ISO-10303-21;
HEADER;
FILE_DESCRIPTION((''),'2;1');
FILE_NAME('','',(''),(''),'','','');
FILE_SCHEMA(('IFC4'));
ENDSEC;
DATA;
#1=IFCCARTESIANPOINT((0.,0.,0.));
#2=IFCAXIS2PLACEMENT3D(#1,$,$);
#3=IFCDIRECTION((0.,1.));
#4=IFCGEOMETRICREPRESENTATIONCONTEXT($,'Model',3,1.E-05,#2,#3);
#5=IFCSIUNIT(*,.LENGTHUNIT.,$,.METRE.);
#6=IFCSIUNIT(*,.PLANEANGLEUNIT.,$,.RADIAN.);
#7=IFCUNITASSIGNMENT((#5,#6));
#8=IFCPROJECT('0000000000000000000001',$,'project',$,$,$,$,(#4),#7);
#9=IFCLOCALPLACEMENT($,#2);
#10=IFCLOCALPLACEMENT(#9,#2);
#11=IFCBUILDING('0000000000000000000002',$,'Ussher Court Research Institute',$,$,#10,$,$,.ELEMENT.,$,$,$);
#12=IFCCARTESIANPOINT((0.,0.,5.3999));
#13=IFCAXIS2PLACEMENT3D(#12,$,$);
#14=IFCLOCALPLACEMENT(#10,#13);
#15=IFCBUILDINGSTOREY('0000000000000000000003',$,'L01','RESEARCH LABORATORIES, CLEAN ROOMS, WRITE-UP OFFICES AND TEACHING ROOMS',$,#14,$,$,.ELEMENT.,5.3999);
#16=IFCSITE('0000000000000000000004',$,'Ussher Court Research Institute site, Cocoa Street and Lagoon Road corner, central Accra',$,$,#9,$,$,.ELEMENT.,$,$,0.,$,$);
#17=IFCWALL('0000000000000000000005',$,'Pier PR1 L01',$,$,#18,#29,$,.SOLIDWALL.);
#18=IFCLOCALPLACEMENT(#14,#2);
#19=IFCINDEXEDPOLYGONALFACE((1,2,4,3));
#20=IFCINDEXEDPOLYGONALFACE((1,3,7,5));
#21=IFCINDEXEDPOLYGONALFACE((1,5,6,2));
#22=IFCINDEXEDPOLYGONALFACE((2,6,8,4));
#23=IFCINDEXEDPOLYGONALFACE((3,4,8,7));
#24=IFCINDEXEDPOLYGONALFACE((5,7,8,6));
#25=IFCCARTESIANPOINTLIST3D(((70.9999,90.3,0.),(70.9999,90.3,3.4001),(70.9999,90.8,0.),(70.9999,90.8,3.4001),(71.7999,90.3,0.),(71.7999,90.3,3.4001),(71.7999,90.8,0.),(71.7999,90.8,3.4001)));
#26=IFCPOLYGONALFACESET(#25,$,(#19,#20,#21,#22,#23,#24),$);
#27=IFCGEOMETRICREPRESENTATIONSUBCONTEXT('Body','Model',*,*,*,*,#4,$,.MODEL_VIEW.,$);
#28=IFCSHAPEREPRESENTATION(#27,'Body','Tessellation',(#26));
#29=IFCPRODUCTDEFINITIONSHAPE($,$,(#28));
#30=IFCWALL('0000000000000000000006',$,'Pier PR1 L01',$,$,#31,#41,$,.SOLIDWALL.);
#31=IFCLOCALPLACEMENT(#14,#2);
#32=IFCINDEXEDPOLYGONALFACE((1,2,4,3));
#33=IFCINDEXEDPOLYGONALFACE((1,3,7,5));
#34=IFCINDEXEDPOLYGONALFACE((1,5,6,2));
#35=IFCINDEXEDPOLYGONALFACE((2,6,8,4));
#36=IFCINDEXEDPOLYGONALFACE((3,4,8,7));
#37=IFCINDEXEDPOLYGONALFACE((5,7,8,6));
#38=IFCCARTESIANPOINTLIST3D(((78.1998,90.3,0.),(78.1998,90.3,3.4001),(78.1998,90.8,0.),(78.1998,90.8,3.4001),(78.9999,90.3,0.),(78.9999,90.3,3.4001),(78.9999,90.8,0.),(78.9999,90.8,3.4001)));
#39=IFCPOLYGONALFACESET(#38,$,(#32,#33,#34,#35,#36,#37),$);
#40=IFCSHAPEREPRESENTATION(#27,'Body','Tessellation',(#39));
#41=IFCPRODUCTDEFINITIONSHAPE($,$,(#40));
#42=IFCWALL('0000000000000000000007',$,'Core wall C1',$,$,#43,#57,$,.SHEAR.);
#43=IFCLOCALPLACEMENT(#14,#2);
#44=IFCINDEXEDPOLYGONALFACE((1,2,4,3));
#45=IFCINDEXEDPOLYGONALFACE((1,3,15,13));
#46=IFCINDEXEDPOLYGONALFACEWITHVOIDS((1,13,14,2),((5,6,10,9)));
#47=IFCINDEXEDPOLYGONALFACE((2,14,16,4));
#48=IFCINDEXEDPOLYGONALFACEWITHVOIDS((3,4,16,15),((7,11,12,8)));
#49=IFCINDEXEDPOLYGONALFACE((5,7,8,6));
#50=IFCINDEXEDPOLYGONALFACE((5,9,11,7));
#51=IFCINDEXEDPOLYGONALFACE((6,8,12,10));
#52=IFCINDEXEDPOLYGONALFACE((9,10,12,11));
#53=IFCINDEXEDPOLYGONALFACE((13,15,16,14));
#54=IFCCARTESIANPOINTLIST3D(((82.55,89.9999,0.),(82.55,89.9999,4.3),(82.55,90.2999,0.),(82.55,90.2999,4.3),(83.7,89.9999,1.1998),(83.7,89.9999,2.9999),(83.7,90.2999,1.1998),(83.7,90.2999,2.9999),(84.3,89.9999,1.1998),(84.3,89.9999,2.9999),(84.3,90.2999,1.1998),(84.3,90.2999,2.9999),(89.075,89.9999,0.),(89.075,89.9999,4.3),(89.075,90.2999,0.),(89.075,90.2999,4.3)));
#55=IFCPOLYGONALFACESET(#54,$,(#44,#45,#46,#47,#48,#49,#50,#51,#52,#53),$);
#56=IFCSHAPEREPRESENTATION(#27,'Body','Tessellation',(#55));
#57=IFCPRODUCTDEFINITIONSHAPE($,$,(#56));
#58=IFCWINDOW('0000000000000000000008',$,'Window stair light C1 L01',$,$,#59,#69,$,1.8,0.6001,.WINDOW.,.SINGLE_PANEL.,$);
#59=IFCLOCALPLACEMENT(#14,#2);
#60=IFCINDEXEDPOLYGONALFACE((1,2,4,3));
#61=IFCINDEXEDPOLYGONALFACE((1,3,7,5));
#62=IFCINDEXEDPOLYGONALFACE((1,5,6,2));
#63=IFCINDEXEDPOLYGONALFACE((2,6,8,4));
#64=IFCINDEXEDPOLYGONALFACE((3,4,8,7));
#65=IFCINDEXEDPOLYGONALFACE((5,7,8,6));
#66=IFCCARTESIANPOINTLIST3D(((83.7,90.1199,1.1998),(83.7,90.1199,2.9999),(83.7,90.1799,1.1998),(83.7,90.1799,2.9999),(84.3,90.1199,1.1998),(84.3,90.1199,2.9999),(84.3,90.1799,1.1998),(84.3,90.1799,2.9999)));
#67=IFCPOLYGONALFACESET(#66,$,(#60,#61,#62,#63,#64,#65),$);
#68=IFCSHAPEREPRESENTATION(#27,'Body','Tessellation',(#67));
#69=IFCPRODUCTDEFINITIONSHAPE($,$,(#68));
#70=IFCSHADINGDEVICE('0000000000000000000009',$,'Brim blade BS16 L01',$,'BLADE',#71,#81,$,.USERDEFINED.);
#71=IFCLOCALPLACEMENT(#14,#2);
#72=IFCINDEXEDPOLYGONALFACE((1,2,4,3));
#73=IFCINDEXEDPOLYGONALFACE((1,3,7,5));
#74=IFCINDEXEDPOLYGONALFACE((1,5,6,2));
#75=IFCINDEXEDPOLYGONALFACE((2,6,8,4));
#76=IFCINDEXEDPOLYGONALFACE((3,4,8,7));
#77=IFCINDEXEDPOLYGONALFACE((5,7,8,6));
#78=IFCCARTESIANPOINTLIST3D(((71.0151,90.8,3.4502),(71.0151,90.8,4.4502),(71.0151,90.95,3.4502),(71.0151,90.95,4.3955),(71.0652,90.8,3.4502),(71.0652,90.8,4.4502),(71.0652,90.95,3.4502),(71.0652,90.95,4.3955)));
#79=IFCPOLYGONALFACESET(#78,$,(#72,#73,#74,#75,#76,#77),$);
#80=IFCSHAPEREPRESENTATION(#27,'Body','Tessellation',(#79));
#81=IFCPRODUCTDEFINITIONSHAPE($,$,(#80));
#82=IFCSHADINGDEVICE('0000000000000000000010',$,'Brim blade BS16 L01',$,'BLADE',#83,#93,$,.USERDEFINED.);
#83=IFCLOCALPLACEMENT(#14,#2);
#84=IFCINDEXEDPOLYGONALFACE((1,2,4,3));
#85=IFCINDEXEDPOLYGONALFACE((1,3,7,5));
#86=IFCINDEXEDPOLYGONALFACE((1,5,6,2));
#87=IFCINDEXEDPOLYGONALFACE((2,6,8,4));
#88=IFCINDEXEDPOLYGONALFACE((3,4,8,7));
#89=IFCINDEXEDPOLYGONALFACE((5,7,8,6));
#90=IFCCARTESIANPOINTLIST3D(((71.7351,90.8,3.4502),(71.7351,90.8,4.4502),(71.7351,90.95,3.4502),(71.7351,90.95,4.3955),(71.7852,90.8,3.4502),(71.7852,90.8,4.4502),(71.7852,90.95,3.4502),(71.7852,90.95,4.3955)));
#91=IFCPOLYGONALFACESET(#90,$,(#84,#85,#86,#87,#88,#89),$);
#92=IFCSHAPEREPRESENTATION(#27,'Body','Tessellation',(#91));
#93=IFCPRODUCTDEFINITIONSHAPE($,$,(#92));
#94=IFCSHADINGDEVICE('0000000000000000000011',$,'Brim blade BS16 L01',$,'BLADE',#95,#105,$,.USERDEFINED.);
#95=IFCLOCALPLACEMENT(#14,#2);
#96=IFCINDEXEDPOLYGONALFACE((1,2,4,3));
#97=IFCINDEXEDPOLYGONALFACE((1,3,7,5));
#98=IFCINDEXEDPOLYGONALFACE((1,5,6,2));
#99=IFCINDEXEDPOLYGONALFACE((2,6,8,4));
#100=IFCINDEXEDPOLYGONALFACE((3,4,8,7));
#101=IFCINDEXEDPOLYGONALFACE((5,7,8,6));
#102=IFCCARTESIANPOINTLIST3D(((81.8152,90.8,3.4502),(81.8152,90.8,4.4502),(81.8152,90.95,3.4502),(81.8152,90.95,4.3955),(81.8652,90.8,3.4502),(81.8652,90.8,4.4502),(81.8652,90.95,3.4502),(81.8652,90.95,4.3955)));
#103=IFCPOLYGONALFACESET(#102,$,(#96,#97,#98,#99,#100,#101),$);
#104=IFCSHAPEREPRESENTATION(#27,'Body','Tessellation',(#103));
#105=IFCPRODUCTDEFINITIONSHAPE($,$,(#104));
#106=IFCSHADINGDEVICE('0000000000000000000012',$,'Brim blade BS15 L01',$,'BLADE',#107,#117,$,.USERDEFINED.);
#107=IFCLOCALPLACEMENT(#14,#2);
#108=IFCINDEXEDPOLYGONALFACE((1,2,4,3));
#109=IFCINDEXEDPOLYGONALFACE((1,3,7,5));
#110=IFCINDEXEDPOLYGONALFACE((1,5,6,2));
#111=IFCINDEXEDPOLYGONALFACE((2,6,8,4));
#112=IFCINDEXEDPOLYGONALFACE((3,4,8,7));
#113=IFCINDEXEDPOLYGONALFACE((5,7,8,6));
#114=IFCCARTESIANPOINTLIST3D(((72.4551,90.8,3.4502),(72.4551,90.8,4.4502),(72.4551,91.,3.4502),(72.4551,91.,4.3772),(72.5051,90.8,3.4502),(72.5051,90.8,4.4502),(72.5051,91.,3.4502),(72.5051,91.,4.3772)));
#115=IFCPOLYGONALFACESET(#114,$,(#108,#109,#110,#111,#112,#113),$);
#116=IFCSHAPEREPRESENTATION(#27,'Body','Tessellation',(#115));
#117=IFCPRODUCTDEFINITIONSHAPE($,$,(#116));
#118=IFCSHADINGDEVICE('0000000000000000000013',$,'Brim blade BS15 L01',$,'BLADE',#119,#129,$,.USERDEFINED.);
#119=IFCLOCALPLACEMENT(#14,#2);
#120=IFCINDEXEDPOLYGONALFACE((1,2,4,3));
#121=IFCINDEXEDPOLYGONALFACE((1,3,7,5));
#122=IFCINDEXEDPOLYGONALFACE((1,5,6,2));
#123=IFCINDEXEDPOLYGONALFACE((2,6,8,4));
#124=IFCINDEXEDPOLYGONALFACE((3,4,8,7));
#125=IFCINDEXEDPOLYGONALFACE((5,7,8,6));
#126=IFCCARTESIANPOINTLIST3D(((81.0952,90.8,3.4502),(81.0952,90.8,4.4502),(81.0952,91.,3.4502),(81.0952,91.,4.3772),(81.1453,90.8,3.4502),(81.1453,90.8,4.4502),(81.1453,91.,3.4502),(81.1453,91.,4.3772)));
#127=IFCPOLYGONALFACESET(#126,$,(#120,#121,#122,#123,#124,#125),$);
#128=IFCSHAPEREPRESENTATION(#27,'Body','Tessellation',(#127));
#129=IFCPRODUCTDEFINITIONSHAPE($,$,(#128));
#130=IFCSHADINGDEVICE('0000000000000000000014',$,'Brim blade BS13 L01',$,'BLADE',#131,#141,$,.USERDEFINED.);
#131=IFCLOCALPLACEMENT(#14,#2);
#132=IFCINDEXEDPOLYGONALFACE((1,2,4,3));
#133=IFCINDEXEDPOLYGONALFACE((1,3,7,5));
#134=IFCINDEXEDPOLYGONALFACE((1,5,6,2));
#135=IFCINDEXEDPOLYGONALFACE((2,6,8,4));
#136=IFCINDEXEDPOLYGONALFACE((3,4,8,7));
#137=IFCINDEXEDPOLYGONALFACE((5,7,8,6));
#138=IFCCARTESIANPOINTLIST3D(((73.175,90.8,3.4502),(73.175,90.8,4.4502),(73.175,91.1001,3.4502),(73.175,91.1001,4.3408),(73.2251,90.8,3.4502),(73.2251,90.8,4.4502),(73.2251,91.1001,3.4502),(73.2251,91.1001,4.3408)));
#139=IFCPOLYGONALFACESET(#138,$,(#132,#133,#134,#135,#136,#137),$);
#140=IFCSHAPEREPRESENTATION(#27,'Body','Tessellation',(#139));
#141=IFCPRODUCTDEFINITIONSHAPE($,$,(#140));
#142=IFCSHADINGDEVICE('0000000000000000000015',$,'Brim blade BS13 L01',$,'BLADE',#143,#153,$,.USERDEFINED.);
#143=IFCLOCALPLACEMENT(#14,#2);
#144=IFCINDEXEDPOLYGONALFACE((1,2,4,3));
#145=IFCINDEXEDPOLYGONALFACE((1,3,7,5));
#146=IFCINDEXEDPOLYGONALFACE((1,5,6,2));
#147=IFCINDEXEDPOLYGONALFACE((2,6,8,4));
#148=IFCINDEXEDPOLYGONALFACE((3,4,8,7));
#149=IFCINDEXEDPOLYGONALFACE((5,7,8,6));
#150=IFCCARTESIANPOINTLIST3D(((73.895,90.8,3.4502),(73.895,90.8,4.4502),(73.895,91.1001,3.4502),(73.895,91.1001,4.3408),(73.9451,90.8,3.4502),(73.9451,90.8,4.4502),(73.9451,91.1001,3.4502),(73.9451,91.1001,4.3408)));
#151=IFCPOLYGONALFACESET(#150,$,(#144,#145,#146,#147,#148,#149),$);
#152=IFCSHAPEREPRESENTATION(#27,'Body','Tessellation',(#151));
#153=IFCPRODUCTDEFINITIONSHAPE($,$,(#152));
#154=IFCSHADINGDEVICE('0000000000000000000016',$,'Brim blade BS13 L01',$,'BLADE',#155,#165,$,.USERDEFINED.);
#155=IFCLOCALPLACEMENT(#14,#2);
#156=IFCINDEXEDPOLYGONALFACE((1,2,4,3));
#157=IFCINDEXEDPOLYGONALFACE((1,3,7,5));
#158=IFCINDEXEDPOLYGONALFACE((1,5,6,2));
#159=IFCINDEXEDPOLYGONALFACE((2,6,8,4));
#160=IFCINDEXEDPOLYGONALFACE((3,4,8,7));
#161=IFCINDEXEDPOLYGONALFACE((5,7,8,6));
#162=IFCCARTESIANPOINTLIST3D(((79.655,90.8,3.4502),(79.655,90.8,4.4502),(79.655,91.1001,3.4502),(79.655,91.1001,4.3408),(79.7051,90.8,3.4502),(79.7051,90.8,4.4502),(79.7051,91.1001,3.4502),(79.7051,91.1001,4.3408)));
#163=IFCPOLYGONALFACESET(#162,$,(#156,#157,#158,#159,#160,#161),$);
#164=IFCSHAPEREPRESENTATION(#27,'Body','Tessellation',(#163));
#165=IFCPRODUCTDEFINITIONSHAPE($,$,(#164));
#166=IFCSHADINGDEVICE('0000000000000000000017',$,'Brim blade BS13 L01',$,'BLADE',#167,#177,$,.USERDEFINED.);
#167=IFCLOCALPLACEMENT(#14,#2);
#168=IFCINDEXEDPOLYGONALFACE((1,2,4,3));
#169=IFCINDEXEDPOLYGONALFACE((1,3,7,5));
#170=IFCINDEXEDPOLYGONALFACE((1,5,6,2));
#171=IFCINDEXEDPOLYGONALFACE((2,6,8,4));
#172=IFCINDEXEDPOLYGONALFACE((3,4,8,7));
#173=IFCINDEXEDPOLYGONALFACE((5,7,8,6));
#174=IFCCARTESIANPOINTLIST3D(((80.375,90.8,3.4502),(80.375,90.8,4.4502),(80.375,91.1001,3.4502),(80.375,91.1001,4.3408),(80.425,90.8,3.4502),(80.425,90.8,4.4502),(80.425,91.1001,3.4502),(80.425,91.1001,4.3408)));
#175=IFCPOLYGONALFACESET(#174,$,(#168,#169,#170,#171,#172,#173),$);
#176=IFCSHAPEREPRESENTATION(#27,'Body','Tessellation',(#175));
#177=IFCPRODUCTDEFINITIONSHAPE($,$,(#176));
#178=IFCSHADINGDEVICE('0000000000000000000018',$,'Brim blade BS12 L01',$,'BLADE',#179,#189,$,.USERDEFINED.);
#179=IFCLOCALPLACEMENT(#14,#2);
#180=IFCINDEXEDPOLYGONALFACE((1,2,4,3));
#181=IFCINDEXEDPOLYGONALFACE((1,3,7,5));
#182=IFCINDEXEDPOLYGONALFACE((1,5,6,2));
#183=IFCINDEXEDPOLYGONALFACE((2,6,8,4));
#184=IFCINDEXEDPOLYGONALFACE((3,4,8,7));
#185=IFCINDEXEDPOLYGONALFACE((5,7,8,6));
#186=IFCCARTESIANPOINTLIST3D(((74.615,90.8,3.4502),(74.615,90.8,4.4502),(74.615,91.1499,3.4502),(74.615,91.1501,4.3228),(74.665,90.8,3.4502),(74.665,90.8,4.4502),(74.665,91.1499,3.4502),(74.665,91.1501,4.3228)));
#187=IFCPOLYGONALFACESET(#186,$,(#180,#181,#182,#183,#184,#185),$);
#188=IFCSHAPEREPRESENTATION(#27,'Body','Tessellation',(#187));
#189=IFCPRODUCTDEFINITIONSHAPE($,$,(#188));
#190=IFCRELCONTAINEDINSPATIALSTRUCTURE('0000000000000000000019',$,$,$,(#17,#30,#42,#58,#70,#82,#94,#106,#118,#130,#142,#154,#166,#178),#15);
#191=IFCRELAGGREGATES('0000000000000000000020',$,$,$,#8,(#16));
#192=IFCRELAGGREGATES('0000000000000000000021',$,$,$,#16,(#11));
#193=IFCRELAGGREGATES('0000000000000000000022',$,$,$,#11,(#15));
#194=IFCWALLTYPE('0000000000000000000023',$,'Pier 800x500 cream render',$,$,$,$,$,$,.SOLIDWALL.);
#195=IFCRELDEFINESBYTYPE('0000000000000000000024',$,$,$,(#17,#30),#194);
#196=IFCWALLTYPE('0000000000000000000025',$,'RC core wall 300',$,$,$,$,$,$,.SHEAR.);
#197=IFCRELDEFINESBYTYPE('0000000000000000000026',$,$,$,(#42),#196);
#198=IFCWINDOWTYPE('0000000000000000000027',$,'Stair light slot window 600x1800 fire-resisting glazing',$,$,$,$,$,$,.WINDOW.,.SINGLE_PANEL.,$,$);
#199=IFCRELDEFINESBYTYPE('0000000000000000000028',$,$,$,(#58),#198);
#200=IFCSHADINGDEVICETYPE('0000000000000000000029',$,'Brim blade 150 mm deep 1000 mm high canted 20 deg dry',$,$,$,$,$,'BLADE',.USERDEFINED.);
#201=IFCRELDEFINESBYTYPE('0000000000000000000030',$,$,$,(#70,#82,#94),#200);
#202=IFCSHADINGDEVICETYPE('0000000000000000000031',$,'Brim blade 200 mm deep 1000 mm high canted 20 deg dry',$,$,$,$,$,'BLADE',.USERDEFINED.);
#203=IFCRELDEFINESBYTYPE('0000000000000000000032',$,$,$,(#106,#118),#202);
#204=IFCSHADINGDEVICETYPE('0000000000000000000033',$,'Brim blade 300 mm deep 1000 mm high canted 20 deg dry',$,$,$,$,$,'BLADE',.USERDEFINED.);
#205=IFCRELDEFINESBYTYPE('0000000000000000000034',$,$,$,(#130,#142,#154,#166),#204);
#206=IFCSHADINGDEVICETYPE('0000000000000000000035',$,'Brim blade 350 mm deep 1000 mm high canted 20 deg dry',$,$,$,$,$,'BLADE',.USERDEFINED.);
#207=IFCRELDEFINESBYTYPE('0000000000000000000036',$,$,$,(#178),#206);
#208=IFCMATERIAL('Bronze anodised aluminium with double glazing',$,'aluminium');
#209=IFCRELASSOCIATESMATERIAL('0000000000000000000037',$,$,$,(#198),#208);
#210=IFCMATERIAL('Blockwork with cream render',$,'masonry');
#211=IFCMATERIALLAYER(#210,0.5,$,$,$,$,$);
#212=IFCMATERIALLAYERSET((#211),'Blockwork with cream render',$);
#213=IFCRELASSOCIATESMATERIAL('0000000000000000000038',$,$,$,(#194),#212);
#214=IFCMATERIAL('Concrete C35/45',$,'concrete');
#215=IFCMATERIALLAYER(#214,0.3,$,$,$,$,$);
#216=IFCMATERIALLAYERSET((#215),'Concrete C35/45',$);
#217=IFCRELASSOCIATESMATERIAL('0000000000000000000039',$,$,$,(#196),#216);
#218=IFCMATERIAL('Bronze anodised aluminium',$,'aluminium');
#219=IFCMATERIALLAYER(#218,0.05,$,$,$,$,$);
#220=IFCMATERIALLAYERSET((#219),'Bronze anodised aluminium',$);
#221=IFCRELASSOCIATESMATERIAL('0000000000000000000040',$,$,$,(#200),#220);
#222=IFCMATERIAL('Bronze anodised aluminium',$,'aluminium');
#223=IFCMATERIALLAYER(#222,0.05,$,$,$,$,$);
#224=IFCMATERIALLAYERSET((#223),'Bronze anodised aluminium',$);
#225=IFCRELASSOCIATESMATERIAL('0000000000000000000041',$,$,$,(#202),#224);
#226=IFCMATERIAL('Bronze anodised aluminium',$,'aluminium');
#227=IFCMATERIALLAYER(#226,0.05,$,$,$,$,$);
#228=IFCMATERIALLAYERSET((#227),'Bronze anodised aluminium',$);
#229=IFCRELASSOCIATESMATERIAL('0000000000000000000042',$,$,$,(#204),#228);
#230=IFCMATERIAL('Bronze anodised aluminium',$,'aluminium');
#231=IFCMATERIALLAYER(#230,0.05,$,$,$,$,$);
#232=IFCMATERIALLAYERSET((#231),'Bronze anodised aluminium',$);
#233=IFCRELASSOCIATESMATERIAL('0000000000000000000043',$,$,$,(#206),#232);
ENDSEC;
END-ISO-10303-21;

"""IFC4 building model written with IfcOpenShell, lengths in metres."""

from ifc_helpers import new_model, si_unit, direction, frame, frame_2d, origin, place, context, subcontext, project, spatial, polyline, rectangle, outline, extrude, material, layer, layer_set, type_object, element, fill, save


model = new_model("IFC4")

# Units and contexts
model_context = context("Model", 3, precision=1e-05, world=origin(), true_north=direction((0.0, 1.0)))
body_context = subcontext(model_context, "Body", "Model", "MODEL_VIEW")
ifc_project = project(units=[si_unit("LENGTHUNIT", "METRE"), si_unit("PLANEANGLEUNIT", "RADIAN")], contexts=[model_context])

# Site, building, storey
site_placement = place(None, origin())
site = spatial("IfcSite", under=ifc_project, at=site_placement, Name="Ussher Court Research Institute site, Cocoa Street and Lagoon Road corner, central Accra", CompositionType="ELEMENT", RefElevation=0.0)
building_placement = place(site_placement, origin())
building = spatial("IfcBuilding", under=site, at=building_placement, Name="Ussher Court Research Institute", CompositionType="ELEMENT")
storey_placement = place(building_placement, frame((0.0, 0.0, 5.3999)))
storey = spatial("IfcBuildingStorey", under=building, at=storey_placement, Name="L01", Description="RESEARCH LABORATORIES, CLEAN ROOMS, WRITE-UP OFFICES AND TEACHING ROOMS", CompositionType="ELEMENT", Elevation=5.3999)

# Shared definitions
ifc_material_1 = material(Name="Bronze anodised aluminium with double glazing", Category="aluminium")
window_type_1 = type_object("IfcWindowType", Name="Stair light slot window 600x1800 fire-resisting glazing", PartitioningType="SINGLE_PANEL", PredefinedType="WINDOW", material=ifc_material_1)

# Walls
ifc_material_2 = material(Name="Blockwork with cream render", Category="masonry")
ifc_layer_1 = layer(ifc_material_2, 0.5)
ifc_layer_set_1 = layer_set([ifc_layer_1], Name="Blockwork with cream render")
wall_type_1 = type_object("IfcWallType", Name="Pier 800x500 cream render", PredefinedType="SOLIDWALL", material=ifc_layer_set_1)
for number, where, z_axis, x_axis, name in (
    (1, (71.0, 90.55, 0.0), (0.0, 0.0, 1.0), (1.0, 0.0, 0.0), "Pier PR1 L01"),
    (2, (78.2, 90.55, 0.0), (0.0, 0.0, 1.0), (1.0, 0.0, 0.0), "Pier PR1 L01"),
):
    element("IfcWall", number, at=place(storey_placement, frame(where, z_axis=z_axis, x_axis=x_axis)), inside=storey, type_object=wall_type_1, Name=name, PredefinedType="SOLIDWALL", context=body_context, shape_type="SweptSolid", body=[
        extrude(rectangle(XDim=0.8, YDim=0.5, at=frame_2d((0.3999, 0.0))), origin(), (0.0, 0.0, 1.0), 3.4001),
    ])

# Wall, opening, window
ifc_material_3 = material(Name="Concrete C35/45", Category="concrete")
ifc_layer_2 = layer(ifc_material_3, 0.3)
ifc_layer_set_2 = layer_set([ifc_layer_2], Name="Concrete C35/45")
wall_type_2 = type_object("IfcWallType", Name="RC core wall 300", PredefinedType="SHEAR", material=ifc_layer_set_2)
wall_1_placement = place(storey_placement, frame((82.55, 90.1499, 0.0), z_axis=(0.0, 0.0, 1.0), x_axis=(1.0, 0.0, 0.0)))
wall_1 = element("IfcWall", 3, at=wall_1_placement, inside=storey, type_object=wall_type_2, Name="Core wall C1", PredefinedType="SHEAR", context=body_context, shape_type="SweptSolid", body=[
    extrude(rectangle(XDim=6.5249, YDim=0.3, at=frame_2d((3.2625, 0.0))), origin(), (0.0, 0.0, 1.0), 4.3),
])
opening_1_placement = place(wall_1_placement, frame((1.1499, 0.0, 1.2)))
opening_1 = element("IfcOpeningElement", 4, at=opening_1_placement, cuts=wall_1, PredefinedType="OPENING", context=body_context, shape_type="SweptSolid", body=[
    extrude(rectangle(XDim=0.6001, YDim=1.8, at=frame_2d((0.3, 0.8999))), frame((0.0, 0.1602, 0.0), z_axis=(0.0, -1.0, 0.0), x_axis=(1.0, 0.0, 0.0)), (0.0, 0.0, 1.0), 0.3201),
])
window_1_placement = place(opening_1_placement, origin())
window_1 = element("IfcWindow", 5, at=window_1_placement, inside=storey, type_object=window_type_1, Name="Window stair light C1 L01", OverallHeight=1.8, OverallWidth=0.6001, PartitioningType="SINGLE_PANEL", PredefinedType="WINDOW", context=body_context, shape_type="SweptSolid", body=[
    extrude(rectangle(XDim=0.6001, YDim=1.8, at=frame_2d((0.3, 0.8999))), frame((0.0, 0.03, 0.0), z_axis=(0.0, -1.0, 0.0), x_axis=(1.0, 0.0, 0.0)), (0.0, 0.0, 1.0), 0.0601),
])
fill(opening_1, window_1)

# Shading devices
ifc_material_4 = material(Name="Bronze anodised aluminium", Category="aluminium")
ifc_layer_3 = layer(ifc_material_4, 0.05)
ifc_layer_set_3 = layer_set([ifc_layer_3], Name="Bronze anodised aluminium")
shading_device_type_1 = type_object("IfcShadingDeviceType", Name="Brim blade 150 mm deep 1000 mm high canted 20 deg dry", ElementType="BLADE", PredefinedType="USERDEFINED", material=ifc_layer_set_3)
for number, where, z_axis, x_axis, name in (
    (6, (71.04, 90.8, 3.4502), (0.0, 0.0, 1.0), (0.0, 1.0, 0.0), "Brim blade BS16 L01"),
    (7, (71.76, 90.8, 3.4502), (0.0, 0.0, 1.0), (0.0, 1.0, 0.0), "Brim blade BS16 L01"),
    (8, (81.8401, 90.8, 3.4502), (0.0, 0.0, 1.0), (0.0, 1.0, 0.0), "Brim blade BS16 L01"),
):
    element("IfcShadingDevice", number, at=place(storey_placement, frame(where, z_axis=z_axis, x_axis=x_axis)), inside=storey, type_object=shading_device_type_1, Name=name, ObjectType="BLADE", PredefinedType="USERDEFINED", context=body_context, shape_type="SweptSolid", body=[
        extrude(outline(polyline([(0.0, 0.0), (0.1499, 0.0), (0.1499, 0.9453), (0.0, 1.0), (0.0, 0.0)])), frame((0.0, 0.0249, 0.0), z_axis=(0.0, -1.0, 0.0), x_axis=(1.0, 0.0, 0.0)), (0.0, 0.0, 1.0), 0.05),
    ])
ifc_material_5 = material(Name="Bronze anodised aluminium", Category="aluminium")
ifc_layer_4 = layer(ifc_material_5, 0.05)
ifc_layer_set_4 = layer_set([ifc_layer_4], Name="Bronze anodised aluminium")
shading_device_type_2 = type_object("IfcShadingDeviceType", Name="Brim blade 200 mm deep 1000 mm high canted 20 deg dry", ElementType="BLADE", PredefinedType="USERDEFINED", material=ifc_layer_set_4)
for number, where, z_axis, x_axis, name in (
    (9, (72.48, 90.8, 3.4502), (0.0, 0.0, 1.0), (0.0, 1.0, 0.0), "Brim blade BS15 L01"),
    (10, (81.1201, 90.8, 3.4502), (0.0, 0.0, 1.0), (0.0, 1.0, 0.0), "Brim blade BS15 L01"),
):
    element("IfcShadingDevice", number, at=place(storey_placement, frame(where, z_axis=z_axis, x_axis=x_axis)), inside=storey, type_object=shading_device_type_2, Name=name, ObjectType="BLADE", PredefinedType="USERDEFINED", context=body_context, shape_type="SweptSolid", body=[
        extrude(outline(polyline([(0.0, 0.0), (0.2, 0.0), (0.2, 0.927), (0.0, 1.0), (0.0, 0.0)])), frame((0.0, 0.0249, 0.0), z_axis=(0.0, -1.0, 0.0), x_axis=(1.0, 0.0, 0.0)), (0.0, 0.0, 1.0), 0.05),
    ])
ifc_material_6 = material(Name="Bronze anodised aluminium", Category="aluminium")
ifc_layer_5 = layer(ifc_material_6, 0.05)
ifc_layer_set_5 = layer_set([ifc_layer_5], Name="Bronze anodised aluminium")
shading_device_type_3 = type_object("IfcShadingDeviceType", Name="Brim blade 300 mm deep 1000 mm high canted 20 deg dry", ElementType="BLADE", PredefinedType="USERDEFINED", material=ifc_layer_set_5)
for number, where, z_axis, x_axis, name in (
    (11, (73.2, 90.8, 3.4502), (0.0, 0.0, 1.0), (0.0, 1.0, 0.0), "Brim blade BS13 L01"),
    (12, (73.9199, 90.8, 3.4502), (0.0, 0.0, 1.0), (0.0, 1.0, 0.0), "Brim blade BS13 L01"),
    (13, (79.6799, 90.8, 3.4502), (0.0, 0.0, 1.0), (0.0, 1.0, 0.0), "Brim blade BS13 L01"),
    (14, (80.3999, 90.8, 3.4502), (0.0, 0.0, 1.0), (0.0, 1.0, 0.0), "Brim blade BS13 L01"),
):
    element("IfcShadingDevice", number, at=place(storey_placement, frame(where, z_axis=z_axis, x_axis=x_axis)), inside=storey, type_object=shading_device_type_3, Name=name, ObjectType="BLADE", PredefinedType="USERDEFINED", context=body_context, shape_type="SweptSolid", body=[
        extrude(outline(polyline([(0.0, 0.0), (0.3, 0.0), (0.3, 0.8906), (0.0, 1.0), (0.0, 0.0)])), frame((0.0, 0.0249, 0.0), z_axis=(0.0, -1.0, 0.0), x_axis=(1.0, 0.0, 0.0)), (0.0, 0.0, 1.0), 0.05),
    ])
ifc_material_7 = material(Name="Bronze anodised aluminium", Category="aluminium")
ifc_layer_6 = layer(ifc_material_7, 0.05)
ifc_layer_set_6 = layer_set([ifc_layer_6], Name="Bronze anodised aluminium")
shading_device_type_4 = type_object("IfcShadingDeviceType", Name="Brim blade 350 mm deep 1000 mm high canted 20 deg dry", ElementType="BLADE", PredefinedType="USERDEFINED", material=ifc_layer_set_6)
for number, where, z_axis, x_axis, name in (
    (15, (74.6399, 90.8, 3.4502), (0.0, 0.0, 1.0), (0.0, 1.0, 0.0), "Brim blade BS12 L01"),
):
    element("IfcShadingDevice", number, at=place(storey_placement, frame(where, z_axis=z_axis, x_axis=x_axis)), inside=storey, type_object=shading_device_type_4, Name=name, ObjectType="BLADE", PredefinedType="USERDEFINED", context=body_context, shape_type="SweptSolid", body=[
        extrude(outline(polyline([(0.0, 0.0), (0.3499, 0.0), (0.3501, 0.8726), (0.0, 1.0), (0.0, 0.0)])), frame((0.0, 0.0249, 0.0), z_axis=(0.0, -1.0, 0.0), x_axis=(1.0, 0.0, 0.0)), (0.0, 0.0, 1.0), 0.05),
    ])

save(model, "model.ifc")
